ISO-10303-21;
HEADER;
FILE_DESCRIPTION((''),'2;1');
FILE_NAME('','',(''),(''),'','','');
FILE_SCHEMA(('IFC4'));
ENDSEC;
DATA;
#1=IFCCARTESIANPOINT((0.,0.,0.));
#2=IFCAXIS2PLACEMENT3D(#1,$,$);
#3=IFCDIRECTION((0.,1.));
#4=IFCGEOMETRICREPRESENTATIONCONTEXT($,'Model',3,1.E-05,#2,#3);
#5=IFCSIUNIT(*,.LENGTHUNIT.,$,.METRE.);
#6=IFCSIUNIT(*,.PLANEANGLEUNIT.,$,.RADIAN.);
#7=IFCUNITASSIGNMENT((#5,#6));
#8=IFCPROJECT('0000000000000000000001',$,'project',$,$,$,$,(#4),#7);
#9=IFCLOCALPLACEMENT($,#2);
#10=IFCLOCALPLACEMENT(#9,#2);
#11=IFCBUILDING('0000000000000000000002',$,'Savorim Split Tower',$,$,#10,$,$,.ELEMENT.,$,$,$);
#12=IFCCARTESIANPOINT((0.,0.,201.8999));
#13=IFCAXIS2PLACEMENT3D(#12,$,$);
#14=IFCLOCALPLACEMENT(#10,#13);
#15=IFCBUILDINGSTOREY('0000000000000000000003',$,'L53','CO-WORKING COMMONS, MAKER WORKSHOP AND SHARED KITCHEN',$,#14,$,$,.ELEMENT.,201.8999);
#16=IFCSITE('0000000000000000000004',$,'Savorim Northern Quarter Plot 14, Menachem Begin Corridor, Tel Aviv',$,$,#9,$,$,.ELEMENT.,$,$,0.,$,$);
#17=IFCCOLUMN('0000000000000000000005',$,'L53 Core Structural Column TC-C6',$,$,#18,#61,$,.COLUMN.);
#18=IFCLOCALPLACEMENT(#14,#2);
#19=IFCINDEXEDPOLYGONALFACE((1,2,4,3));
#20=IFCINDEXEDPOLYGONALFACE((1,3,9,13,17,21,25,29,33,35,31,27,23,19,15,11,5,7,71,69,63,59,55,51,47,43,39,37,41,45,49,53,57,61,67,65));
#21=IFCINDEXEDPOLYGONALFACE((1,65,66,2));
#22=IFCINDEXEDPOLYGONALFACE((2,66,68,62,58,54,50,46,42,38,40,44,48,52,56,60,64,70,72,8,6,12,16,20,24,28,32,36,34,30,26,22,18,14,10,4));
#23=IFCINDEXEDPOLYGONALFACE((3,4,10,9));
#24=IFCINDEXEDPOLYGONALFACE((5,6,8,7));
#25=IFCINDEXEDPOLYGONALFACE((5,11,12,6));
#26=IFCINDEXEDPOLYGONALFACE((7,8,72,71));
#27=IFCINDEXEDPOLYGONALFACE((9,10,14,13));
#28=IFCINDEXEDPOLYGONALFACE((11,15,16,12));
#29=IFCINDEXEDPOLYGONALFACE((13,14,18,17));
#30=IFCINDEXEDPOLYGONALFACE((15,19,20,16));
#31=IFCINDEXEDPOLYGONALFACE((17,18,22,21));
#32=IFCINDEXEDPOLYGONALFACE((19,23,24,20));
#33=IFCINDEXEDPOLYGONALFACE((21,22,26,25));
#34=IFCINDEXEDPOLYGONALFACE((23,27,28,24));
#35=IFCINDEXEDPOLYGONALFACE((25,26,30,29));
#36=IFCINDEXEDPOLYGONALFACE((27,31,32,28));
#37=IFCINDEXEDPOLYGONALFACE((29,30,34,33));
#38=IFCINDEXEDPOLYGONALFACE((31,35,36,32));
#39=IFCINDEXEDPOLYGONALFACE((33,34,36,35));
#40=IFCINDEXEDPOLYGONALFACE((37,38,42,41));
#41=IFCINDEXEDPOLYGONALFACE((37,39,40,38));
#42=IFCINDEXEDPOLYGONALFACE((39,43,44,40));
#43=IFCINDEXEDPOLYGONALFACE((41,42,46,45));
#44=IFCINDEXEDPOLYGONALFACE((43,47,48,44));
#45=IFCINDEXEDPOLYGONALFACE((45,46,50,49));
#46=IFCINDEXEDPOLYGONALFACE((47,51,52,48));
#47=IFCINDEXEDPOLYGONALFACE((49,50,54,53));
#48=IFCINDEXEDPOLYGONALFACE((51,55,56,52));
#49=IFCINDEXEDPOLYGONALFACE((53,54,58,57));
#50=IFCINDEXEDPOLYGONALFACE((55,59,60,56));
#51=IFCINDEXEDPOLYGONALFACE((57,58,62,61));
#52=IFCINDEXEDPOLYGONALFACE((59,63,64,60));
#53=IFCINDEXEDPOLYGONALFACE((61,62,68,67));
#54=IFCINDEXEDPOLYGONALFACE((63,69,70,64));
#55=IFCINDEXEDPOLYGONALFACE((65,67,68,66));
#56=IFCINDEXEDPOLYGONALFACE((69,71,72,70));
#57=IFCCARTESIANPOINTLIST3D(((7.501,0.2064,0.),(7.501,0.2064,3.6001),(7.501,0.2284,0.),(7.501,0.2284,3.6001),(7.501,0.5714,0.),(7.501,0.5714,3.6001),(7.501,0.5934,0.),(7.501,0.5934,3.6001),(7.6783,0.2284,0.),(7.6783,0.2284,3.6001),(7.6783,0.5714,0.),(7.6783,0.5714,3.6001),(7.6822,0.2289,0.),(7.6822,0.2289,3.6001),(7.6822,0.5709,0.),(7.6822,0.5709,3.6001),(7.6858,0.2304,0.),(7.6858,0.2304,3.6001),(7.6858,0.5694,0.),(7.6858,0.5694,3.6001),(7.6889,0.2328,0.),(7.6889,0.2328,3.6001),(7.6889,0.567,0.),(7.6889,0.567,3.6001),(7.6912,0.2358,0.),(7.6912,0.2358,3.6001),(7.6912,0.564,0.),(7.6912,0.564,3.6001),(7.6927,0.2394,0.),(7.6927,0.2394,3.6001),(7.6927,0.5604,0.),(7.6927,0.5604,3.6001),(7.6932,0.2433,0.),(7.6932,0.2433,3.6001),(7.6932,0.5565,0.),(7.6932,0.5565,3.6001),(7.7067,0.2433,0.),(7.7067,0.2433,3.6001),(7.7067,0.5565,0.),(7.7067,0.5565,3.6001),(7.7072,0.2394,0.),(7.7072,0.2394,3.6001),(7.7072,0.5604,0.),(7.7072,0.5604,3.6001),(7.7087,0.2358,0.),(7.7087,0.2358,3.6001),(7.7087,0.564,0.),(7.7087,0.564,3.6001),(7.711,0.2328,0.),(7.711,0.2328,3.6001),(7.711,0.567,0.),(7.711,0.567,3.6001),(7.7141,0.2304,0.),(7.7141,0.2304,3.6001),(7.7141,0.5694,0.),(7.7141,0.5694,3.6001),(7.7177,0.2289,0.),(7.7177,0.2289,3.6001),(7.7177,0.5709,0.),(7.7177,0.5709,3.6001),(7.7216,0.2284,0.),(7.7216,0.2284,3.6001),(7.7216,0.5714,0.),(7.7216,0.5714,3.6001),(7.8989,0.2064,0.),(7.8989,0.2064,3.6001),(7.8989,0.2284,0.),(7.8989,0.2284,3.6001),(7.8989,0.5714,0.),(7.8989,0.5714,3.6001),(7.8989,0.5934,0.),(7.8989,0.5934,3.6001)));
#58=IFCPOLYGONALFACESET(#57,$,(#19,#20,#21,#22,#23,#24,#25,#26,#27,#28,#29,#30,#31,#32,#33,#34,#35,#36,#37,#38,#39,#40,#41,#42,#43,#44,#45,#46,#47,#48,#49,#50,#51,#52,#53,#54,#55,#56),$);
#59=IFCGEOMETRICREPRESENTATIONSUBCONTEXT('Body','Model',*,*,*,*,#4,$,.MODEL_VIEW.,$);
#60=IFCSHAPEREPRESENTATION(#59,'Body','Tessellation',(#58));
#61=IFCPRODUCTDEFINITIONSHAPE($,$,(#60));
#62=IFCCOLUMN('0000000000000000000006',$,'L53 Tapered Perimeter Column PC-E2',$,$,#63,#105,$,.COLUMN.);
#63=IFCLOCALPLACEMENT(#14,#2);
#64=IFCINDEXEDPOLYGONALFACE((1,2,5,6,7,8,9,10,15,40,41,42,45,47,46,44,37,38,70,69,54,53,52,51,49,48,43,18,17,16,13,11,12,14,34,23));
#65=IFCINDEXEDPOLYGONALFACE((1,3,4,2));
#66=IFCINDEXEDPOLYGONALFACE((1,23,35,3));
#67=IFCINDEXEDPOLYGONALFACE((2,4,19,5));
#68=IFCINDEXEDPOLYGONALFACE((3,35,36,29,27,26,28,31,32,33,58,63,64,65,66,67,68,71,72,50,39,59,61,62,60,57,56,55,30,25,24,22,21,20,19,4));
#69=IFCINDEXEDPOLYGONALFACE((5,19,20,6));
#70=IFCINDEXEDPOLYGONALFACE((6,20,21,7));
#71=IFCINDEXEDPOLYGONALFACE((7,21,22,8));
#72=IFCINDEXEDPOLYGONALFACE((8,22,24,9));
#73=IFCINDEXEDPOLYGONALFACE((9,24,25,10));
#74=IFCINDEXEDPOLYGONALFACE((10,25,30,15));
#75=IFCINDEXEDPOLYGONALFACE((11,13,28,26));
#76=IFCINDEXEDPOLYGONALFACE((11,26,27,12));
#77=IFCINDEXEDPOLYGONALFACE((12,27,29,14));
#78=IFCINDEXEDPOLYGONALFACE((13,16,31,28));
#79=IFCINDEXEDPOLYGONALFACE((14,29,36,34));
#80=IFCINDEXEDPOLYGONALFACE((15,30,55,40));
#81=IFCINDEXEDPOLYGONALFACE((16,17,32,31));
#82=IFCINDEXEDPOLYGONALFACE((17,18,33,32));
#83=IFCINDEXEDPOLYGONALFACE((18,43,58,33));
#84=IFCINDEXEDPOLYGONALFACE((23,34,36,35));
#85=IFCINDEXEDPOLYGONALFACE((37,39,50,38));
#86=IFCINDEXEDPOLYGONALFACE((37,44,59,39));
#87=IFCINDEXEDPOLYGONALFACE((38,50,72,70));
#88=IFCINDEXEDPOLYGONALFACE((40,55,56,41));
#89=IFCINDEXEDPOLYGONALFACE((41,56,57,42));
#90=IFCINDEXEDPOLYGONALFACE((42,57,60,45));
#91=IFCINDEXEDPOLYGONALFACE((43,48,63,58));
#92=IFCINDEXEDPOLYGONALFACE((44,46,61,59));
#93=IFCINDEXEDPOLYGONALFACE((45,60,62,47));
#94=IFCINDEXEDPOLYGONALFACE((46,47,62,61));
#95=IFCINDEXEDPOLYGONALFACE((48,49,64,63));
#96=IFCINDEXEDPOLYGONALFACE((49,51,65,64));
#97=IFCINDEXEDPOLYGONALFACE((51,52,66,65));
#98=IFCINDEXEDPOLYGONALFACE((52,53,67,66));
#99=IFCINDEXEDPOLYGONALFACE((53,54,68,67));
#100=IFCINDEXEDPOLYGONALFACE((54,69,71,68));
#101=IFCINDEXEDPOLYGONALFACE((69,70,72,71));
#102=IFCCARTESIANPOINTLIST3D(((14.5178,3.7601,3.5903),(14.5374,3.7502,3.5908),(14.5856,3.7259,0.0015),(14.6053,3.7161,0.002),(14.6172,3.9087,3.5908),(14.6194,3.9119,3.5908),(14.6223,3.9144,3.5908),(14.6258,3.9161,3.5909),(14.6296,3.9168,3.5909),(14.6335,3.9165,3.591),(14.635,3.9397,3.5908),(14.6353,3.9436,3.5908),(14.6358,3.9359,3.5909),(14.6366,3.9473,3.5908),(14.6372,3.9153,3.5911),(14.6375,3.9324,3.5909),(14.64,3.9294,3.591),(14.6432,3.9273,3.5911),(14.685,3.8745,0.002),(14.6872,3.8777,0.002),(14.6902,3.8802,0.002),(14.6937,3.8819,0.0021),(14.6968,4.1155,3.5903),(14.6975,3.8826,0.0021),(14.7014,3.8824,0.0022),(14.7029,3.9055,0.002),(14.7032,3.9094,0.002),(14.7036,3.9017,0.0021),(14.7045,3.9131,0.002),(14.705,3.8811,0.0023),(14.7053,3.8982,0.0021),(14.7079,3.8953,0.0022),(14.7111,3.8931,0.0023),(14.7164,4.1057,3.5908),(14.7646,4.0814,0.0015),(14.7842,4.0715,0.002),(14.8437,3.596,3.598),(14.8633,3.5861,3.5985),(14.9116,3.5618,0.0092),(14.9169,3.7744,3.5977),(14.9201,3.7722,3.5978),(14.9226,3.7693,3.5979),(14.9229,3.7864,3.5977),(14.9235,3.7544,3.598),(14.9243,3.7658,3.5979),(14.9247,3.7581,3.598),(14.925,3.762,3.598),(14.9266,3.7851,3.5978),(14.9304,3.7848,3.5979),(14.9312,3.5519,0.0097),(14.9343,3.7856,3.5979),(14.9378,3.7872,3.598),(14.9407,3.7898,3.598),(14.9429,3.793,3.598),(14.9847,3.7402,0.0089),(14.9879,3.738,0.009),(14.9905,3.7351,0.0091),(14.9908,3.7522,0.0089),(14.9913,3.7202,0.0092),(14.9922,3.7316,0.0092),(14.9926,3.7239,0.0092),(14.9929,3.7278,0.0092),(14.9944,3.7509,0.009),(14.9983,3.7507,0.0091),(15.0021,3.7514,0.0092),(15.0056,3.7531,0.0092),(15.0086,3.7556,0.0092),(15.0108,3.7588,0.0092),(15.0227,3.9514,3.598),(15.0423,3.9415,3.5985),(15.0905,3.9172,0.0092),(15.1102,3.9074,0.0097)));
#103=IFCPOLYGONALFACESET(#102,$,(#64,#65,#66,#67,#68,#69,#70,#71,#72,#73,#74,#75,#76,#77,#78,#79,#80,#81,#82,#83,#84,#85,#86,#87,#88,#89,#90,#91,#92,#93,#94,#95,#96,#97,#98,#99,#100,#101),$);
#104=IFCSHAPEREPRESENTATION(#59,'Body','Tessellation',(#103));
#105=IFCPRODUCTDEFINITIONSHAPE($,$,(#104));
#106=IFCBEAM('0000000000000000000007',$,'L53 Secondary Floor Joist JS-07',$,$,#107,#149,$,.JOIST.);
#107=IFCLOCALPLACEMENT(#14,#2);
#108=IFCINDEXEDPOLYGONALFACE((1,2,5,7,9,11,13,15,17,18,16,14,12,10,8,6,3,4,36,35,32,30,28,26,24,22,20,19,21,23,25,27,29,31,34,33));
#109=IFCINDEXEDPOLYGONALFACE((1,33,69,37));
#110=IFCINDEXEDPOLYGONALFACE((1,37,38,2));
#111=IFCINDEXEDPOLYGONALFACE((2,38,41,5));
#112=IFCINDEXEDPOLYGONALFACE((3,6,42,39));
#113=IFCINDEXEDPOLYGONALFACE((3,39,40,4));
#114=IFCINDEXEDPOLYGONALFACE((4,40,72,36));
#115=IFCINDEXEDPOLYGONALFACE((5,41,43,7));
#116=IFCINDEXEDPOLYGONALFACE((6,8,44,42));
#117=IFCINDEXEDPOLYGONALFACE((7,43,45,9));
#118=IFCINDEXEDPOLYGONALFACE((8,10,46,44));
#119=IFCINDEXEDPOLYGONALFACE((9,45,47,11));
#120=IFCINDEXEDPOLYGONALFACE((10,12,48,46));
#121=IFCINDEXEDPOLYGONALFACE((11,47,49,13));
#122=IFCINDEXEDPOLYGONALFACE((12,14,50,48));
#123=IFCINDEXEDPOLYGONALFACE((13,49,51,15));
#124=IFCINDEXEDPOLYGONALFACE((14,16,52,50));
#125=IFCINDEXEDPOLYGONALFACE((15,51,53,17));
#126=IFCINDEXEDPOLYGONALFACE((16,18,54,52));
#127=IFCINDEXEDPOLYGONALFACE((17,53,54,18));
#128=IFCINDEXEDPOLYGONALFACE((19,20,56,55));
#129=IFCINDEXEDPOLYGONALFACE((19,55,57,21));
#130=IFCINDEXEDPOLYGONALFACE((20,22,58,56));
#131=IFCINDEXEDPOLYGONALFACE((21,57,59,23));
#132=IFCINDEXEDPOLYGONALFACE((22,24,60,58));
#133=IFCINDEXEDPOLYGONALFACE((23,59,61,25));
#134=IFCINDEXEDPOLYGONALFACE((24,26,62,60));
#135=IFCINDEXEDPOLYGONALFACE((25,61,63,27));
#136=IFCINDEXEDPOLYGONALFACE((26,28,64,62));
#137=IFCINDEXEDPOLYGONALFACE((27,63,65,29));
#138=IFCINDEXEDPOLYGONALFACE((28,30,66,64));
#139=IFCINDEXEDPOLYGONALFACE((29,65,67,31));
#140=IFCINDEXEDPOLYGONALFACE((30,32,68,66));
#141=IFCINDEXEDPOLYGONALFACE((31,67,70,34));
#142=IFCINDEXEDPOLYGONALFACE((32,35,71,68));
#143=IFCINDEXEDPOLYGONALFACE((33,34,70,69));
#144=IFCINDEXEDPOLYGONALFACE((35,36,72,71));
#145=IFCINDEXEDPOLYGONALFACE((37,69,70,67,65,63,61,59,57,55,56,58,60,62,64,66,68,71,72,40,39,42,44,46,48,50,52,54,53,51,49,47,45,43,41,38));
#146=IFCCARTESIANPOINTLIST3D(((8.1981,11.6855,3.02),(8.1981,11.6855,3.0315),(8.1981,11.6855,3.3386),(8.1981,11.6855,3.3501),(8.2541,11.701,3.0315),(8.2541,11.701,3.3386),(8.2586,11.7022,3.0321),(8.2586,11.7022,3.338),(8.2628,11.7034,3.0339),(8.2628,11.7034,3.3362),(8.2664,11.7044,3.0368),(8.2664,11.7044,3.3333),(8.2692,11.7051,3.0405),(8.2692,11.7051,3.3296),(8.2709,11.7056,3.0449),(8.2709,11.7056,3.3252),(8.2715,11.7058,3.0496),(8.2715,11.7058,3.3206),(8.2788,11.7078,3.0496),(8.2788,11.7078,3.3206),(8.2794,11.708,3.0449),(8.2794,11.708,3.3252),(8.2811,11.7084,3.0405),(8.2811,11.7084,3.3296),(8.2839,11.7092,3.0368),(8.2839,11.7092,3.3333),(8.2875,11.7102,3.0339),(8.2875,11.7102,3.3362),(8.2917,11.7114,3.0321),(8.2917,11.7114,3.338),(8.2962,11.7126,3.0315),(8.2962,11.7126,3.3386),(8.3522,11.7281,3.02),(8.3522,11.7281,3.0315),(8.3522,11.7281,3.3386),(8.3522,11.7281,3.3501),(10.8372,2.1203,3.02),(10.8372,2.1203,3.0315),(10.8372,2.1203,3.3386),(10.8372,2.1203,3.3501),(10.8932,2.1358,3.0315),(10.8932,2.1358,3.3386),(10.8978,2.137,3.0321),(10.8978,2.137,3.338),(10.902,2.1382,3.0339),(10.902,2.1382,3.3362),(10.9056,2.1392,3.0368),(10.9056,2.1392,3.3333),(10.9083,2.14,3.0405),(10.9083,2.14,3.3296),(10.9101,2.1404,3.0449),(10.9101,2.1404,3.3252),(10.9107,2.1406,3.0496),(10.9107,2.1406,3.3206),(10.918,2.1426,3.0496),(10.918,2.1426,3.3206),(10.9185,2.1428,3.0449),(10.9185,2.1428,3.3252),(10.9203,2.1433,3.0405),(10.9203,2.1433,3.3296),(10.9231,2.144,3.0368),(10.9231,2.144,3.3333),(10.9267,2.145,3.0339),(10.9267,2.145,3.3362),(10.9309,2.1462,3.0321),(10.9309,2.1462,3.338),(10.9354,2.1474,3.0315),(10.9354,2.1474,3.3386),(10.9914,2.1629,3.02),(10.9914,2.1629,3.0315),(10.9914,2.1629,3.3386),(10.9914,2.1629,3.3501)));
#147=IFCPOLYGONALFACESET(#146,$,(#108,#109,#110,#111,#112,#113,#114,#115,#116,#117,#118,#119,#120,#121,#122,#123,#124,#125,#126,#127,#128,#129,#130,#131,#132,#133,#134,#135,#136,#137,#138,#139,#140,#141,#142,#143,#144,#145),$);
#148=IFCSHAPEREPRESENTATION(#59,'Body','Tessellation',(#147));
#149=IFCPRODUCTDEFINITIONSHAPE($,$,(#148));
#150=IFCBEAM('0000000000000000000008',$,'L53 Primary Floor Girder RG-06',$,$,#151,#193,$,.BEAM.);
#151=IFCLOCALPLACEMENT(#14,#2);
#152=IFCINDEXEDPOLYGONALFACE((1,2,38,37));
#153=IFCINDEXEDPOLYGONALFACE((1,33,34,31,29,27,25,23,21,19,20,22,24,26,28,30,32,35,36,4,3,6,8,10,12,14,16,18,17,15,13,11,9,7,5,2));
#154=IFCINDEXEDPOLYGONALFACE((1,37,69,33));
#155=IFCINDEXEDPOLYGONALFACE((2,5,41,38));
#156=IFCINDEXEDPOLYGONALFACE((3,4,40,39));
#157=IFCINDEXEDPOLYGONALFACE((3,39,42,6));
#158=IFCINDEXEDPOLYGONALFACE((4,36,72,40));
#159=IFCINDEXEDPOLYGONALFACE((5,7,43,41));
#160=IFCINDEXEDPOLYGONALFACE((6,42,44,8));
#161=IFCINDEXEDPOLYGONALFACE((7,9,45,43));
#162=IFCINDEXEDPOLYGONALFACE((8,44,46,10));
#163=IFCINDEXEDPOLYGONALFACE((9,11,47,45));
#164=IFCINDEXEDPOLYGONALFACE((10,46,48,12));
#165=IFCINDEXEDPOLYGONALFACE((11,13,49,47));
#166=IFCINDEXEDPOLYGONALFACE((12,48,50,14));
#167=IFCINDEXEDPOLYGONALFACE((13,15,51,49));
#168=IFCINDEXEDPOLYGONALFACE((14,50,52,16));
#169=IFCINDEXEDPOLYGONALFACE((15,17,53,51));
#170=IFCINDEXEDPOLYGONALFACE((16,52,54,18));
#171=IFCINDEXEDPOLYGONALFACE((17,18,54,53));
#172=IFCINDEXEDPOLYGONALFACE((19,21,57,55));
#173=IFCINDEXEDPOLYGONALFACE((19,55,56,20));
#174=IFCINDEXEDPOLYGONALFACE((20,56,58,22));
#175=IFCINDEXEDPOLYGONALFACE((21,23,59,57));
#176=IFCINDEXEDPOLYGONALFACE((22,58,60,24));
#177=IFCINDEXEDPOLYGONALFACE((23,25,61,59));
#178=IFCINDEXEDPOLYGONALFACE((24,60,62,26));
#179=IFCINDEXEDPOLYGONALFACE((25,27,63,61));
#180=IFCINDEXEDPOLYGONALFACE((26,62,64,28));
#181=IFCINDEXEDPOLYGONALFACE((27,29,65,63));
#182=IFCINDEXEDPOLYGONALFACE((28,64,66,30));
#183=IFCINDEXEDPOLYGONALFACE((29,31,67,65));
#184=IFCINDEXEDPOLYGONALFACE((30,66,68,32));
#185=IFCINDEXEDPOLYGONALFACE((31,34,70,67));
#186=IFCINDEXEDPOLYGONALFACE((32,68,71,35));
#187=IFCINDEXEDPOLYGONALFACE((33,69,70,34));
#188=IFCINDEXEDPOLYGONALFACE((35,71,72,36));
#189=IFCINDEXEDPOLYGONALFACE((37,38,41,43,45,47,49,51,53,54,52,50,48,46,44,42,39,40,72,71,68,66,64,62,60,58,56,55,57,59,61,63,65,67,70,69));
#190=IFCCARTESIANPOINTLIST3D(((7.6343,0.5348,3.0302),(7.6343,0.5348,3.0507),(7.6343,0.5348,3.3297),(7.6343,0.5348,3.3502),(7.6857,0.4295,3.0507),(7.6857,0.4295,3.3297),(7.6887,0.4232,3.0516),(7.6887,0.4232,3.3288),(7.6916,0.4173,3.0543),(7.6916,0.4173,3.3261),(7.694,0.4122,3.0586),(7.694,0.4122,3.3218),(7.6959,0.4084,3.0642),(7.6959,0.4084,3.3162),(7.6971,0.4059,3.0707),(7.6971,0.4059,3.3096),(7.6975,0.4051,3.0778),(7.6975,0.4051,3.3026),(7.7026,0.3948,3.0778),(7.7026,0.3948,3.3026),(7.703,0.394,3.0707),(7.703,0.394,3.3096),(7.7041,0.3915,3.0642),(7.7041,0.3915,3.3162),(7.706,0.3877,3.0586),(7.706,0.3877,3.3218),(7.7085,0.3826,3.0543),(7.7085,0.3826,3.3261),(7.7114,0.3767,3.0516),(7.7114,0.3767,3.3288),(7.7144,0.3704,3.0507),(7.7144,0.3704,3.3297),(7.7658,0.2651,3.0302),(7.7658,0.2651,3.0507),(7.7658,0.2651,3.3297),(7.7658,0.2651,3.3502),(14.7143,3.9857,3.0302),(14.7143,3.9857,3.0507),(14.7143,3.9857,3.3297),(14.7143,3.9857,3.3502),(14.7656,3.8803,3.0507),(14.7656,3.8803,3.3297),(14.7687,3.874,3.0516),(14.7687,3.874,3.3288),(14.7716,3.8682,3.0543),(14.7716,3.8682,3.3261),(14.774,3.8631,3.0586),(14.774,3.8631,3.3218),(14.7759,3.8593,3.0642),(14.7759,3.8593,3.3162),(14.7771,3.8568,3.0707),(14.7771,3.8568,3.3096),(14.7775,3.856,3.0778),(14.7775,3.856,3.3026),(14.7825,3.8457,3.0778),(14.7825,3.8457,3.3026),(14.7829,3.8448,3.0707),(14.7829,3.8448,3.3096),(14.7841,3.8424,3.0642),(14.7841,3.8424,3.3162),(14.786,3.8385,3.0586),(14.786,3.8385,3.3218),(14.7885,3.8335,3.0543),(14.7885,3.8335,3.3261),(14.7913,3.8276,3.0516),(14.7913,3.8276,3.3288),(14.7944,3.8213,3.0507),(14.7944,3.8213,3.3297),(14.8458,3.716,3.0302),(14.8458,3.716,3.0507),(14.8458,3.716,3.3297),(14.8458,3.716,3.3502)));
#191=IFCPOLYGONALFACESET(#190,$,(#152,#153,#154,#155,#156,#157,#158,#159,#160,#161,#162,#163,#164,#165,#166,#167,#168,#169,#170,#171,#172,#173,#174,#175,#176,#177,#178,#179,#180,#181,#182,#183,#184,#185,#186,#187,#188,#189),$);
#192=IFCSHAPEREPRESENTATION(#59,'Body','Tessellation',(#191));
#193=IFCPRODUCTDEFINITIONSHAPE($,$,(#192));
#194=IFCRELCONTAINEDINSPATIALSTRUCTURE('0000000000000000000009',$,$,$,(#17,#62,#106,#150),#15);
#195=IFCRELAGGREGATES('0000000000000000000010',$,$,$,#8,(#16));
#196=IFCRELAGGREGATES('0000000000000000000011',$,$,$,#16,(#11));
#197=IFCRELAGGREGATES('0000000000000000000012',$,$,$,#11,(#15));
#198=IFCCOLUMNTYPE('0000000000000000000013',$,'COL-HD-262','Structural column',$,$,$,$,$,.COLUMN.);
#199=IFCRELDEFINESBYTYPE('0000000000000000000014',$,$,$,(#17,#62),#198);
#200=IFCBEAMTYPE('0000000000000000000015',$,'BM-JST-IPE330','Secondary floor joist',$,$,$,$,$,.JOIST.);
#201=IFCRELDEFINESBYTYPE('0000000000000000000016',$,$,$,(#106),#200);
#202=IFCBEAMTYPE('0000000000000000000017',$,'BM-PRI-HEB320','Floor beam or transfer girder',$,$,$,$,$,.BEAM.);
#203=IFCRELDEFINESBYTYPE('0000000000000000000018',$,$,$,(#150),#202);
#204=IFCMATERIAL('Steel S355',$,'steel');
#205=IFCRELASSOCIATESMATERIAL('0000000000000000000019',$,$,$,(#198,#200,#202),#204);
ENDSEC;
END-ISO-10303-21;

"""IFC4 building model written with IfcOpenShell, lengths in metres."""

from ifc_helpers import new_model, si_unit, direction, frame, origin, origin_2d, place, context, subcontext, project, spatial, i_section, extrude, material, material_profile, profile_set, type_object, element, save


model = new_model("IFC4")

# Units and contexts
model_context = context("Model", 3, precision=1e-05, world=origin(), true_north=direction((0.0, 1.0)))
body_context = subcontext(model_context, "Body", "Model", "MODEL_VIEW")
ifc_project = project(units=[si_unit("LENGTHUNIT", "METRE"), si_unit("PLANEANGLEUNIT", "RADIAN")], contexts=[model_context])

# Site, building, storey
site_placement = place(None, origin())
site = spatial("IfcSite", under=ifc_project, at=site_placement, Name="Savorim Northern Quarter Plot 14, Menachem Begin Corridor, Tel Aviv", CompositionType="ELEMENT", RefElevation=0.0)
building_placement = place(site_placement, origin())
building = spatial("IfcBuilding", under=site, at=building_placement, Name="Savorim Split Tower", CompositionType="ELEMENT")
storey_placement = place(building_placement, frame((0.0, 0.0, 201.8999)))
storey = spatial("IfcBuildingStorey", under=building, at=storey_placement, Name="L53", Description="CO-WORKING COMMONS, MAKER WORKSHOP AND SHARED KITCHEN", CompositionType="ELEMENT", Elevation=201.8999)

# Columns
ifc_material_1 = material(Name="Steel S355", Category="steel")
ifc_material_profile_1 = material_profile(ifc_material_1, i_section(OverallWidth=0.3979, OverallDepth=0.387, WebThickness=0.0134, FlangeThickness=0.022, FilletRadius=0.0149, at=origin_2d()), Name="HD 400x262")
ifc_profile_set_1 = profile_set([ifc_material_profile_1], Name="Steel S355")
column_type = type_object("IfcColumnType", Name="COL-HD-262", Description="Structural column", PredefinedType="COLUMN", material=ifc_profile_set_1)
column_1_placement = place(storey_placement, frame((7.7, 0.3999, 0.0), z_axis=(0.0, 0.0, 1.0), x_axis=(1.0, 0.0, 0.0)))
element("IfcColumn", 1, at=column_1_placement, inside=storey, type_object=column_type, Name="L53 Core Structural Column TC-C6", PredefinedType="COLUMN", context=body_context, shape_type="SweptSolid", body=[
    extrude(i_section(OverallWidth=0.3979, OverallDepth=0.387, WebThickness=0.0134, FlangeThickness=0.022, FilletRadius=0.0149, at=origin_2d()), origin(), (0.0, 0.0, 1.0), 3.6001),
])
column_2_placement = place(storey_placement, frame((14.8479, 3.8167, 0.0056), z_axis=(-0.018907, 0.009522, 0.999776), x_axis=(-0.449782, -0.893138, 0.0)))
element("IfcColumn", 2, at=column_2_placement, inside=storey, type_object=column_type, Name="L53 Tapered Perimeter Column PC-E2", PredefinedType="COLUMN", context=body_context, shape_type="SweptSolid", body=[
    extrude(i_section(OverallWidth=0.3979, OverallDepth=0.387, WebThickness=0.0134, FlangeThickness=0.022, FilletRadius=0.0149, at=origin_2d()), origin(), (0.0, 0.0, 1.0), 3.5896),
])

# Beams
ifc_material_profile_2 = material_profile(ifc_material_1, i_section(OverallWidth=0.1599, OverallDepth=0.3301, WebThickness=0.0076, FlangeThickness=0.0115, FilletRadius=0.0181, at=origin_2d()), Name="IPE 330")
ifc_profile_set_2 = profile_set([ifc_material_profile_2], Name="Steel S355")
beam_type_1 = type_object("IfcBeamType", Name="BM-JST-IPE330", Description="Secondary floor joist", PredefinedType="JOIST", material=ifc_profile_set_2)
beam_1_placement = place(storey_placement, frame((10.9143, 2.1416, 3.1851), z_axis=(-0.265975, 0.96398, 0.0), x_axis=(-0.96398, -0.265975, 0.0)))
element("IfcBeam", 3, at=beam_1_placement, inside=storey, type_object=beam_type_1, Name="L53 Secondary Floor Joist JS-07", PredefinedType="JOIST", context=body_context, shape_type="SweptSolid", body=[
    extrude(i_section(OverallWidth=0.1599, OverallDepth=0.3301, WebThickness=0.0076, FlangeThickness=0.0115, FilletRadius=0.0181, at=origin_2d()), origin(), (0.0, 0.0, 1.0), 9.9226),
])
ifc_material_profile_3 = material_profile(ifc_material_1, i_section(OverallWidth=0.3, OverallDepth=0.3201, WebThickness=0.0115, FlangeThickness=0.0205, FilletRadius=0.0271, at=origin_2d()), Name="HEB 320")
ifc_profile_set_3 = profile_set([ifc_material_profile_3], Name="Steel S355")
beam_type_2 = type_object("IfcBeamType", Name="BM-PRI-HEB320", Description="Floor beam or transfer girder", PredefinedType="BEAM", material=ifc_profile_set_3)
beam_2_placement = place(storey_placement, frame((14.78, 3.8508, 3.1902), z_axis=(-0.898907, -0.43814, 0.0), x_axis=(0.43814, -0.898907, 0.0)))
element("IfcBeam", 4, at=beam_2_placement, inside=storey, type_object=beam_type_2, Name="L53 Primary Floor Girder RG-06", PredefinedType="BEAM", context=body_context, shape_type="SweptSolid", body=[
    extrude(i_section(OverallWidth=0.3, OverallDepth=0.3201, WebThickness=0.0115, FlangeThickness=0.0205, FilletRadius=0.0271, at=origin_2d()), origin(), (0.0, 0.0, 1.0), 7.8762),
])

save(model, "model.ifc")
